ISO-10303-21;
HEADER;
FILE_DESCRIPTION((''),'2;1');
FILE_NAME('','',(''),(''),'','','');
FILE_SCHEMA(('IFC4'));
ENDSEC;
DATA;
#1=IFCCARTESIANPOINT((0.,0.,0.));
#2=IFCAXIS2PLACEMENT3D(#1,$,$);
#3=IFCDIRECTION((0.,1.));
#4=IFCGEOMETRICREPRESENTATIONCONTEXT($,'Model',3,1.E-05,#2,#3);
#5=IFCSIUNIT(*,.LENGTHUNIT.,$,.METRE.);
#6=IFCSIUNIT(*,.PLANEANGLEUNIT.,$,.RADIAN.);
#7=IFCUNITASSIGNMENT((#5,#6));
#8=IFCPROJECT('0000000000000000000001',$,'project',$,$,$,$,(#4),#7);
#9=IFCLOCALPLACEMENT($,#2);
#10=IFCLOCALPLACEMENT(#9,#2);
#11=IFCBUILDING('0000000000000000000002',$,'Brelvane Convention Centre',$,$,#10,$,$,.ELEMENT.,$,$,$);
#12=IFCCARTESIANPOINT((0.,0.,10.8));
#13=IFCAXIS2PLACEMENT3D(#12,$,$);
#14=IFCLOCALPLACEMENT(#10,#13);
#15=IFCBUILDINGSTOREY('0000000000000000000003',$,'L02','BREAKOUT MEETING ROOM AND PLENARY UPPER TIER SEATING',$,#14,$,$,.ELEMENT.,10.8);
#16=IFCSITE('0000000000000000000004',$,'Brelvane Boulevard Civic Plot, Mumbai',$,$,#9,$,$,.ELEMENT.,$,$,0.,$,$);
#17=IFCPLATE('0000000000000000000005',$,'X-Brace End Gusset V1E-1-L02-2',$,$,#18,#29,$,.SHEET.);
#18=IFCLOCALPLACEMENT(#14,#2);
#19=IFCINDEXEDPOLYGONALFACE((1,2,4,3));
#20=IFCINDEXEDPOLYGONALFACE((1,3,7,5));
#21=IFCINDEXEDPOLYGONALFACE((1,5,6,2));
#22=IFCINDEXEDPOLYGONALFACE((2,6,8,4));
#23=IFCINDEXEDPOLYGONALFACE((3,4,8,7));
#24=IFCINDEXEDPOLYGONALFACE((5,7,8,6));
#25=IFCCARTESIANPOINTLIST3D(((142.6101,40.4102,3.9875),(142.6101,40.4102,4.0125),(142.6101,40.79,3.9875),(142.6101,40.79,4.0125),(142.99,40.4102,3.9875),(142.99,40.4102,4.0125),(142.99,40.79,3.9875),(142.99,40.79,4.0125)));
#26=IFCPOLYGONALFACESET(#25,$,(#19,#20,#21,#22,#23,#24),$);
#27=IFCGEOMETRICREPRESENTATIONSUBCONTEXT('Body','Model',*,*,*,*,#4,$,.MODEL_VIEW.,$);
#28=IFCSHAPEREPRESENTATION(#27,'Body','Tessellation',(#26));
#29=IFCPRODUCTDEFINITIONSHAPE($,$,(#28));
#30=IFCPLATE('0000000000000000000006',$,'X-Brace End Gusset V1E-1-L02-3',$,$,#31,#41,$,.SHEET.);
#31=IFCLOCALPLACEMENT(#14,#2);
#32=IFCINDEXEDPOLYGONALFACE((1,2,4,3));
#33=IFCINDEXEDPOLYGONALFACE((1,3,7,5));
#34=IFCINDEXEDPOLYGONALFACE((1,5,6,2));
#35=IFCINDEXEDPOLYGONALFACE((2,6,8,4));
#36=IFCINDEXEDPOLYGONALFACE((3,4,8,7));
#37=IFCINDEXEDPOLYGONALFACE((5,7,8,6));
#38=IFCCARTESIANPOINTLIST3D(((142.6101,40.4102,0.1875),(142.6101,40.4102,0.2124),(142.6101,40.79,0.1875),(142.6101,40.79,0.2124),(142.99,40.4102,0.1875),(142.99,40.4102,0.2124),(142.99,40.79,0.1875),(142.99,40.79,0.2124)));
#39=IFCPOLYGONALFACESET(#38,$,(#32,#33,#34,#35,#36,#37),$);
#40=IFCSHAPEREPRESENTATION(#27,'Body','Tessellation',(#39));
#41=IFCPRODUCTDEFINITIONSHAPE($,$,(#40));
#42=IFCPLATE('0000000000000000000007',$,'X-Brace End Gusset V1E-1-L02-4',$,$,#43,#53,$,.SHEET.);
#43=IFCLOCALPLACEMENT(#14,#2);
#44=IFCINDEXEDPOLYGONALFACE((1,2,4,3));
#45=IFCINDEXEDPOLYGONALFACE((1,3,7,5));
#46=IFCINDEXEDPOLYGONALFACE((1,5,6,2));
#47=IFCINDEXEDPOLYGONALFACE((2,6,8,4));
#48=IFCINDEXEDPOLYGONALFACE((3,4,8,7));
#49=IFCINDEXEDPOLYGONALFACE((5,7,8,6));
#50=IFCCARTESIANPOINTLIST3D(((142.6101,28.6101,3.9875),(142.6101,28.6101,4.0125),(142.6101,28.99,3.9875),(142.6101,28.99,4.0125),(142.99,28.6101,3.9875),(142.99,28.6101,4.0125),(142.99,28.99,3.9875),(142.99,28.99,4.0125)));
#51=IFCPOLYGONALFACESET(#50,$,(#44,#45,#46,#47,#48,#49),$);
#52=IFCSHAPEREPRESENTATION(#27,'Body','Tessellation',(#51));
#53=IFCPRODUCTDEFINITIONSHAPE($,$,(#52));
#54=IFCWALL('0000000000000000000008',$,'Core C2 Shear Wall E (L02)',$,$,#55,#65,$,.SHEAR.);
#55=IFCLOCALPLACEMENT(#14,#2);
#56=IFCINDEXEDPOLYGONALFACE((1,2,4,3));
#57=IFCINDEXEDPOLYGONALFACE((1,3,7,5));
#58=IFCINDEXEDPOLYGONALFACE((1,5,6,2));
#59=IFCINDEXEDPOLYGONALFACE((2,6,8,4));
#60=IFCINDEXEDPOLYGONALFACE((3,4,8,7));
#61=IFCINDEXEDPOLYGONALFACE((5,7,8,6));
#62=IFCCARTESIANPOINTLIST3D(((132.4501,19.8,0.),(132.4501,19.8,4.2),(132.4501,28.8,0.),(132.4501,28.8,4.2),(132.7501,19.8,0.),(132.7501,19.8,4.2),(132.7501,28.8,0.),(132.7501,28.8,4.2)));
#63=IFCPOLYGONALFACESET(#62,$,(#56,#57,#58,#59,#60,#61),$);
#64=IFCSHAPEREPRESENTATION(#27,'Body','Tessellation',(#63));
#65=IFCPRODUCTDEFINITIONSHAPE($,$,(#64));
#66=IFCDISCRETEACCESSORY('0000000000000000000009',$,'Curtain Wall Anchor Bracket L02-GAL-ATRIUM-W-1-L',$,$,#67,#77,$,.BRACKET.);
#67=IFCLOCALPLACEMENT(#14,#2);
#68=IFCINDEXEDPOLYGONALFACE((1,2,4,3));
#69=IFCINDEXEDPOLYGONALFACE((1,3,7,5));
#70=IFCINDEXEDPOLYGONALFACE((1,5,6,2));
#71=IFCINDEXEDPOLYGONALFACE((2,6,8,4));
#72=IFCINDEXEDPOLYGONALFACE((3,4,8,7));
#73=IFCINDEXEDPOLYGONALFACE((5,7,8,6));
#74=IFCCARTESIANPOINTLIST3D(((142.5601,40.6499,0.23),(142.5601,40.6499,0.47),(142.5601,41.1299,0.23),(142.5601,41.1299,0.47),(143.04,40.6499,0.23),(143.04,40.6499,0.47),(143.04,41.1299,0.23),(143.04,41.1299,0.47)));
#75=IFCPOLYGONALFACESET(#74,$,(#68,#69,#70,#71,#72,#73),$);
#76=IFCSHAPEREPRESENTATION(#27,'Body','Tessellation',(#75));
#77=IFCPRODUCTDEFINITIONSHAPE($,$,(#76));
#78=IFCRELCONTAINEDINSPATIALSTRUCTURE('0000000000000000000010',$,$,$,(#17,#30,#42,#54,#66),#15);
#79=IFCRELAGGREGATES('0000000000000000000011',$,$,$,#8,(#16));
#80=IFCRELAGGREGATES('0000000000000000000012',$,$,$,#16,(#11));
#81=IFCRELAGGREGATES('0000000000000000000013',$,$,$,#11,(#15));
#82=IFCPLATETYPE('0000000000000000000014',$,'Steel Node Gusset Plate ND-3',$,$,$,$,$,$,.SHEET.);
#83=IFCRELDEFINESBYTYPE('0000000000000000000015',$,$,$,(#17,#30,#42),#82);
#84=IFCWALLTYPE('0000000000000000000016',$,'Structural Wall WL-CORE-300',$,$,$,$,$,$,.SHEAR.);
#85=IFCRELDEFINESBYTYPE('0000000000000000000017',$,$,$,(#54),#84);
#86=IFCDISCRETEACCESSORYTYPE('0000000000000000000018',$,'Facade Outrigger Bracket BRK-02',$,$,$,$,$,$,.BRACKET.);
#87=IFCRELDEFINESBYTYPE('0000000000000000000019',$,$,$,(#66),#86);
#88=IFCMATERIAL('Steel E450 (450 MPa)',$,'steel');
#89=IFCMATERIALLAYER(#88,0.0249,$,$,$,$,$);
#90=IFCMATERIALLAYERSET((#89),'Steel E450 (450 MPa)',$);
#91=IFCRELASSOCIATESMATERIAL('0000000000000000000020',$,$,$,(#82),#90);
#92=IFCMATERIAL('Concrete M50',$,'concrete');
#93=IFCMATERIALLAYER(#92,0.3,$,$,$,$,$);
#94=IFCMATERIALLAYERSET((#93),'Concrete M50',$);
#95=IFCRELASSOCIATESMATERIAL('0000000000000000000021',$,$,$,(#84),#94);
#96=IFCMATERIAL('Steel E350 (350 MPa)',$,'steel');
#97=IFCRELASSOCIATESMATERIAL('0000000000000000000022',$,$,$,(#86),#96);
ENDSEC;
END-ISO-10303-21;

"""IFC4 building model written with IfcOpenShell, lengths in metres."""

from ifc_helpers import new_model, si_unit, direction, frame, frame_2d, origin, origin_2d, place, context, subcontext, project, spatial, rectangle, extrude, material, layer, layer_set, type_object, element, save


model = new_model("IFC4")

# Units and contexts
model_context = context("Model", 3, precision=1e-05, world=origin(), true_north=direction((0.0, 1.0)))
body_context = subcontext(model_context, "Body", "Model", "MODEL_VIEW")
ifc_project = project(units=[si_unit("LENGTHUNIT", "METRE"), si_unit("PLANEANGLEUNIT", "RADIAN")], contexts=[model_context])

# Site, building, storey
site_placement = place(None, origin())
site = spatial("IfcSite", under=ifc_project, at=site_placement, Name="Brelvane Boulevard Civic Plot, Mumbai", CompositionType="ELEMENT", RefElevation=0.0)
building_placement = place(site_placement, origin())
building = spatial("IfcBuilding", under=site, at=building_placement, Name="Brelvane Convention Centre", CompositionType="ELEMENT")
storey_placement = place(building_placement, frame((0.0, 0.0, 10.8)))
storey = spatial("IfcBuildingStorey", under=building, at=storey_placement, Name="L02", Description="BREAKOUT MEETING ROOM AND PLENARY UPPER TIER SEATING", CompositionType="ELEMENT", Elevation=10.8)

# Plates
ifc_material_1 = material(Name="Steel E450 (450 MPa)", Category="steel")
ifc_layer_1 = layer(ifc_material_1, 0.0249)
ifc_layer_set_1 = layer_set([ifc_layer_1], Name="Steel E450 (450 MPa)")
plate_type_1 = type_object("IfcPlateType", Name="Steel Node Gusset Plate ND-3", PredefinedType="SHEET", material=ifc_layer_set_1)
for number, where, z_axis, x_axis, name in (
    (1, (142.8, 40.6001, 3.9875), (0.0, 0.0, 1.0), (1.0, 0.0, 0.0), "X-Brace End Gusset V1E-1-L02-2"),
    (2, (142.8, 40.6001, 0.1875), (0.0, 0.0, 1.0), (1.0, 0.0, 0.0), "X-Brace End Gusset V1E-1-L02-3"),
    (3, (142.8, 28.8, 3.9875), (0.0, 0.0, 1.0), (1.0, 0.0, 0.0), "X-Brace End Gusset V1E-1-L02-4"),
):
    element("IfcPlate", number, at=place(storey_placement, frame(where, z_axis=z_axis, x_axis=x_axis)), inside=storey, type_object=plate_type_1, Name=name, PredefinedType="SHEET", context=body_context, shape_type="SweptSolid", body=[
        extrude(rectangle(XDim=0.3799, YDim=0.3799, at=origin_2d()), origin(), (0.0, 0.0, 1.0), 0.0249),
    ])

# Wall
ifc_material_2 = material(Name="Concrete M50", Category="concrete")
ifc_layer_2 = layer(ifc_material_2, 0.3)
ifc_layer_set_2 = layer_set([ifc_layer_2], Name="Concrete M50")
wall_type = type_object("IfcWallType", Name="Structural Wall WL-CORE-300", PredefinedType="SHEAR", material=ifc_layer_set_2)
wall_placement = place(storey_placement, frame((132.6001, 19.8, 0.0), z_axis=(0.0, 0.0, 1.0), x_axis=(0.0, 1.0, 0.0)))
element("IfcWall", 4, at=wall_placement, inside=storey, type_object=wall_type, Name="Core C2 Shear Wall E (L02)", PredefinedType="SHEAR", context=body_context, shape_type="SweptSolid", body=[
    extrude(rectangle(XDim=9.0, YDim=0.3, at=frame_2d((4.5, 0.0))), origin(), (0.0, 0.0, 1.0), 4.2),
])

# Discrete accessory
ifc_material_3 = material(Name="Steel E350 (350 MPa)", Category="steel")
discrete_accessory_type = type_object("IfcDiscreteAccessoryType", Name="Facade Outrigger Bracket BRK-02", PredefinedType="BRACKET", material=ifc_material_3)
discrete_accessory_placement = place(storey_placement, frame((142.8, 40.8899, 0.23), z_axis=(0.0, 0.0, 1.0), x_axis=(1.0, 0.0, 0.0)))
element("IfcDiscreteAccessory", 5, at=discrete_accessory_placement, inside=storey, type_object=discrete_accessory_type, Name="Curtain Wall Anchor Bracket L02-GAL-ATRIUM-W-1-L", PredefinedType="BRACKET", context=body_context, shape_type="SweptSolid", body=[
    extrude(rectangle(XDim=0.48, YDim=0.48, at=origin_2d()), origin(), (0.0, 0.0, 1.0), 0.24),
])

save(model, "model.ifc")
